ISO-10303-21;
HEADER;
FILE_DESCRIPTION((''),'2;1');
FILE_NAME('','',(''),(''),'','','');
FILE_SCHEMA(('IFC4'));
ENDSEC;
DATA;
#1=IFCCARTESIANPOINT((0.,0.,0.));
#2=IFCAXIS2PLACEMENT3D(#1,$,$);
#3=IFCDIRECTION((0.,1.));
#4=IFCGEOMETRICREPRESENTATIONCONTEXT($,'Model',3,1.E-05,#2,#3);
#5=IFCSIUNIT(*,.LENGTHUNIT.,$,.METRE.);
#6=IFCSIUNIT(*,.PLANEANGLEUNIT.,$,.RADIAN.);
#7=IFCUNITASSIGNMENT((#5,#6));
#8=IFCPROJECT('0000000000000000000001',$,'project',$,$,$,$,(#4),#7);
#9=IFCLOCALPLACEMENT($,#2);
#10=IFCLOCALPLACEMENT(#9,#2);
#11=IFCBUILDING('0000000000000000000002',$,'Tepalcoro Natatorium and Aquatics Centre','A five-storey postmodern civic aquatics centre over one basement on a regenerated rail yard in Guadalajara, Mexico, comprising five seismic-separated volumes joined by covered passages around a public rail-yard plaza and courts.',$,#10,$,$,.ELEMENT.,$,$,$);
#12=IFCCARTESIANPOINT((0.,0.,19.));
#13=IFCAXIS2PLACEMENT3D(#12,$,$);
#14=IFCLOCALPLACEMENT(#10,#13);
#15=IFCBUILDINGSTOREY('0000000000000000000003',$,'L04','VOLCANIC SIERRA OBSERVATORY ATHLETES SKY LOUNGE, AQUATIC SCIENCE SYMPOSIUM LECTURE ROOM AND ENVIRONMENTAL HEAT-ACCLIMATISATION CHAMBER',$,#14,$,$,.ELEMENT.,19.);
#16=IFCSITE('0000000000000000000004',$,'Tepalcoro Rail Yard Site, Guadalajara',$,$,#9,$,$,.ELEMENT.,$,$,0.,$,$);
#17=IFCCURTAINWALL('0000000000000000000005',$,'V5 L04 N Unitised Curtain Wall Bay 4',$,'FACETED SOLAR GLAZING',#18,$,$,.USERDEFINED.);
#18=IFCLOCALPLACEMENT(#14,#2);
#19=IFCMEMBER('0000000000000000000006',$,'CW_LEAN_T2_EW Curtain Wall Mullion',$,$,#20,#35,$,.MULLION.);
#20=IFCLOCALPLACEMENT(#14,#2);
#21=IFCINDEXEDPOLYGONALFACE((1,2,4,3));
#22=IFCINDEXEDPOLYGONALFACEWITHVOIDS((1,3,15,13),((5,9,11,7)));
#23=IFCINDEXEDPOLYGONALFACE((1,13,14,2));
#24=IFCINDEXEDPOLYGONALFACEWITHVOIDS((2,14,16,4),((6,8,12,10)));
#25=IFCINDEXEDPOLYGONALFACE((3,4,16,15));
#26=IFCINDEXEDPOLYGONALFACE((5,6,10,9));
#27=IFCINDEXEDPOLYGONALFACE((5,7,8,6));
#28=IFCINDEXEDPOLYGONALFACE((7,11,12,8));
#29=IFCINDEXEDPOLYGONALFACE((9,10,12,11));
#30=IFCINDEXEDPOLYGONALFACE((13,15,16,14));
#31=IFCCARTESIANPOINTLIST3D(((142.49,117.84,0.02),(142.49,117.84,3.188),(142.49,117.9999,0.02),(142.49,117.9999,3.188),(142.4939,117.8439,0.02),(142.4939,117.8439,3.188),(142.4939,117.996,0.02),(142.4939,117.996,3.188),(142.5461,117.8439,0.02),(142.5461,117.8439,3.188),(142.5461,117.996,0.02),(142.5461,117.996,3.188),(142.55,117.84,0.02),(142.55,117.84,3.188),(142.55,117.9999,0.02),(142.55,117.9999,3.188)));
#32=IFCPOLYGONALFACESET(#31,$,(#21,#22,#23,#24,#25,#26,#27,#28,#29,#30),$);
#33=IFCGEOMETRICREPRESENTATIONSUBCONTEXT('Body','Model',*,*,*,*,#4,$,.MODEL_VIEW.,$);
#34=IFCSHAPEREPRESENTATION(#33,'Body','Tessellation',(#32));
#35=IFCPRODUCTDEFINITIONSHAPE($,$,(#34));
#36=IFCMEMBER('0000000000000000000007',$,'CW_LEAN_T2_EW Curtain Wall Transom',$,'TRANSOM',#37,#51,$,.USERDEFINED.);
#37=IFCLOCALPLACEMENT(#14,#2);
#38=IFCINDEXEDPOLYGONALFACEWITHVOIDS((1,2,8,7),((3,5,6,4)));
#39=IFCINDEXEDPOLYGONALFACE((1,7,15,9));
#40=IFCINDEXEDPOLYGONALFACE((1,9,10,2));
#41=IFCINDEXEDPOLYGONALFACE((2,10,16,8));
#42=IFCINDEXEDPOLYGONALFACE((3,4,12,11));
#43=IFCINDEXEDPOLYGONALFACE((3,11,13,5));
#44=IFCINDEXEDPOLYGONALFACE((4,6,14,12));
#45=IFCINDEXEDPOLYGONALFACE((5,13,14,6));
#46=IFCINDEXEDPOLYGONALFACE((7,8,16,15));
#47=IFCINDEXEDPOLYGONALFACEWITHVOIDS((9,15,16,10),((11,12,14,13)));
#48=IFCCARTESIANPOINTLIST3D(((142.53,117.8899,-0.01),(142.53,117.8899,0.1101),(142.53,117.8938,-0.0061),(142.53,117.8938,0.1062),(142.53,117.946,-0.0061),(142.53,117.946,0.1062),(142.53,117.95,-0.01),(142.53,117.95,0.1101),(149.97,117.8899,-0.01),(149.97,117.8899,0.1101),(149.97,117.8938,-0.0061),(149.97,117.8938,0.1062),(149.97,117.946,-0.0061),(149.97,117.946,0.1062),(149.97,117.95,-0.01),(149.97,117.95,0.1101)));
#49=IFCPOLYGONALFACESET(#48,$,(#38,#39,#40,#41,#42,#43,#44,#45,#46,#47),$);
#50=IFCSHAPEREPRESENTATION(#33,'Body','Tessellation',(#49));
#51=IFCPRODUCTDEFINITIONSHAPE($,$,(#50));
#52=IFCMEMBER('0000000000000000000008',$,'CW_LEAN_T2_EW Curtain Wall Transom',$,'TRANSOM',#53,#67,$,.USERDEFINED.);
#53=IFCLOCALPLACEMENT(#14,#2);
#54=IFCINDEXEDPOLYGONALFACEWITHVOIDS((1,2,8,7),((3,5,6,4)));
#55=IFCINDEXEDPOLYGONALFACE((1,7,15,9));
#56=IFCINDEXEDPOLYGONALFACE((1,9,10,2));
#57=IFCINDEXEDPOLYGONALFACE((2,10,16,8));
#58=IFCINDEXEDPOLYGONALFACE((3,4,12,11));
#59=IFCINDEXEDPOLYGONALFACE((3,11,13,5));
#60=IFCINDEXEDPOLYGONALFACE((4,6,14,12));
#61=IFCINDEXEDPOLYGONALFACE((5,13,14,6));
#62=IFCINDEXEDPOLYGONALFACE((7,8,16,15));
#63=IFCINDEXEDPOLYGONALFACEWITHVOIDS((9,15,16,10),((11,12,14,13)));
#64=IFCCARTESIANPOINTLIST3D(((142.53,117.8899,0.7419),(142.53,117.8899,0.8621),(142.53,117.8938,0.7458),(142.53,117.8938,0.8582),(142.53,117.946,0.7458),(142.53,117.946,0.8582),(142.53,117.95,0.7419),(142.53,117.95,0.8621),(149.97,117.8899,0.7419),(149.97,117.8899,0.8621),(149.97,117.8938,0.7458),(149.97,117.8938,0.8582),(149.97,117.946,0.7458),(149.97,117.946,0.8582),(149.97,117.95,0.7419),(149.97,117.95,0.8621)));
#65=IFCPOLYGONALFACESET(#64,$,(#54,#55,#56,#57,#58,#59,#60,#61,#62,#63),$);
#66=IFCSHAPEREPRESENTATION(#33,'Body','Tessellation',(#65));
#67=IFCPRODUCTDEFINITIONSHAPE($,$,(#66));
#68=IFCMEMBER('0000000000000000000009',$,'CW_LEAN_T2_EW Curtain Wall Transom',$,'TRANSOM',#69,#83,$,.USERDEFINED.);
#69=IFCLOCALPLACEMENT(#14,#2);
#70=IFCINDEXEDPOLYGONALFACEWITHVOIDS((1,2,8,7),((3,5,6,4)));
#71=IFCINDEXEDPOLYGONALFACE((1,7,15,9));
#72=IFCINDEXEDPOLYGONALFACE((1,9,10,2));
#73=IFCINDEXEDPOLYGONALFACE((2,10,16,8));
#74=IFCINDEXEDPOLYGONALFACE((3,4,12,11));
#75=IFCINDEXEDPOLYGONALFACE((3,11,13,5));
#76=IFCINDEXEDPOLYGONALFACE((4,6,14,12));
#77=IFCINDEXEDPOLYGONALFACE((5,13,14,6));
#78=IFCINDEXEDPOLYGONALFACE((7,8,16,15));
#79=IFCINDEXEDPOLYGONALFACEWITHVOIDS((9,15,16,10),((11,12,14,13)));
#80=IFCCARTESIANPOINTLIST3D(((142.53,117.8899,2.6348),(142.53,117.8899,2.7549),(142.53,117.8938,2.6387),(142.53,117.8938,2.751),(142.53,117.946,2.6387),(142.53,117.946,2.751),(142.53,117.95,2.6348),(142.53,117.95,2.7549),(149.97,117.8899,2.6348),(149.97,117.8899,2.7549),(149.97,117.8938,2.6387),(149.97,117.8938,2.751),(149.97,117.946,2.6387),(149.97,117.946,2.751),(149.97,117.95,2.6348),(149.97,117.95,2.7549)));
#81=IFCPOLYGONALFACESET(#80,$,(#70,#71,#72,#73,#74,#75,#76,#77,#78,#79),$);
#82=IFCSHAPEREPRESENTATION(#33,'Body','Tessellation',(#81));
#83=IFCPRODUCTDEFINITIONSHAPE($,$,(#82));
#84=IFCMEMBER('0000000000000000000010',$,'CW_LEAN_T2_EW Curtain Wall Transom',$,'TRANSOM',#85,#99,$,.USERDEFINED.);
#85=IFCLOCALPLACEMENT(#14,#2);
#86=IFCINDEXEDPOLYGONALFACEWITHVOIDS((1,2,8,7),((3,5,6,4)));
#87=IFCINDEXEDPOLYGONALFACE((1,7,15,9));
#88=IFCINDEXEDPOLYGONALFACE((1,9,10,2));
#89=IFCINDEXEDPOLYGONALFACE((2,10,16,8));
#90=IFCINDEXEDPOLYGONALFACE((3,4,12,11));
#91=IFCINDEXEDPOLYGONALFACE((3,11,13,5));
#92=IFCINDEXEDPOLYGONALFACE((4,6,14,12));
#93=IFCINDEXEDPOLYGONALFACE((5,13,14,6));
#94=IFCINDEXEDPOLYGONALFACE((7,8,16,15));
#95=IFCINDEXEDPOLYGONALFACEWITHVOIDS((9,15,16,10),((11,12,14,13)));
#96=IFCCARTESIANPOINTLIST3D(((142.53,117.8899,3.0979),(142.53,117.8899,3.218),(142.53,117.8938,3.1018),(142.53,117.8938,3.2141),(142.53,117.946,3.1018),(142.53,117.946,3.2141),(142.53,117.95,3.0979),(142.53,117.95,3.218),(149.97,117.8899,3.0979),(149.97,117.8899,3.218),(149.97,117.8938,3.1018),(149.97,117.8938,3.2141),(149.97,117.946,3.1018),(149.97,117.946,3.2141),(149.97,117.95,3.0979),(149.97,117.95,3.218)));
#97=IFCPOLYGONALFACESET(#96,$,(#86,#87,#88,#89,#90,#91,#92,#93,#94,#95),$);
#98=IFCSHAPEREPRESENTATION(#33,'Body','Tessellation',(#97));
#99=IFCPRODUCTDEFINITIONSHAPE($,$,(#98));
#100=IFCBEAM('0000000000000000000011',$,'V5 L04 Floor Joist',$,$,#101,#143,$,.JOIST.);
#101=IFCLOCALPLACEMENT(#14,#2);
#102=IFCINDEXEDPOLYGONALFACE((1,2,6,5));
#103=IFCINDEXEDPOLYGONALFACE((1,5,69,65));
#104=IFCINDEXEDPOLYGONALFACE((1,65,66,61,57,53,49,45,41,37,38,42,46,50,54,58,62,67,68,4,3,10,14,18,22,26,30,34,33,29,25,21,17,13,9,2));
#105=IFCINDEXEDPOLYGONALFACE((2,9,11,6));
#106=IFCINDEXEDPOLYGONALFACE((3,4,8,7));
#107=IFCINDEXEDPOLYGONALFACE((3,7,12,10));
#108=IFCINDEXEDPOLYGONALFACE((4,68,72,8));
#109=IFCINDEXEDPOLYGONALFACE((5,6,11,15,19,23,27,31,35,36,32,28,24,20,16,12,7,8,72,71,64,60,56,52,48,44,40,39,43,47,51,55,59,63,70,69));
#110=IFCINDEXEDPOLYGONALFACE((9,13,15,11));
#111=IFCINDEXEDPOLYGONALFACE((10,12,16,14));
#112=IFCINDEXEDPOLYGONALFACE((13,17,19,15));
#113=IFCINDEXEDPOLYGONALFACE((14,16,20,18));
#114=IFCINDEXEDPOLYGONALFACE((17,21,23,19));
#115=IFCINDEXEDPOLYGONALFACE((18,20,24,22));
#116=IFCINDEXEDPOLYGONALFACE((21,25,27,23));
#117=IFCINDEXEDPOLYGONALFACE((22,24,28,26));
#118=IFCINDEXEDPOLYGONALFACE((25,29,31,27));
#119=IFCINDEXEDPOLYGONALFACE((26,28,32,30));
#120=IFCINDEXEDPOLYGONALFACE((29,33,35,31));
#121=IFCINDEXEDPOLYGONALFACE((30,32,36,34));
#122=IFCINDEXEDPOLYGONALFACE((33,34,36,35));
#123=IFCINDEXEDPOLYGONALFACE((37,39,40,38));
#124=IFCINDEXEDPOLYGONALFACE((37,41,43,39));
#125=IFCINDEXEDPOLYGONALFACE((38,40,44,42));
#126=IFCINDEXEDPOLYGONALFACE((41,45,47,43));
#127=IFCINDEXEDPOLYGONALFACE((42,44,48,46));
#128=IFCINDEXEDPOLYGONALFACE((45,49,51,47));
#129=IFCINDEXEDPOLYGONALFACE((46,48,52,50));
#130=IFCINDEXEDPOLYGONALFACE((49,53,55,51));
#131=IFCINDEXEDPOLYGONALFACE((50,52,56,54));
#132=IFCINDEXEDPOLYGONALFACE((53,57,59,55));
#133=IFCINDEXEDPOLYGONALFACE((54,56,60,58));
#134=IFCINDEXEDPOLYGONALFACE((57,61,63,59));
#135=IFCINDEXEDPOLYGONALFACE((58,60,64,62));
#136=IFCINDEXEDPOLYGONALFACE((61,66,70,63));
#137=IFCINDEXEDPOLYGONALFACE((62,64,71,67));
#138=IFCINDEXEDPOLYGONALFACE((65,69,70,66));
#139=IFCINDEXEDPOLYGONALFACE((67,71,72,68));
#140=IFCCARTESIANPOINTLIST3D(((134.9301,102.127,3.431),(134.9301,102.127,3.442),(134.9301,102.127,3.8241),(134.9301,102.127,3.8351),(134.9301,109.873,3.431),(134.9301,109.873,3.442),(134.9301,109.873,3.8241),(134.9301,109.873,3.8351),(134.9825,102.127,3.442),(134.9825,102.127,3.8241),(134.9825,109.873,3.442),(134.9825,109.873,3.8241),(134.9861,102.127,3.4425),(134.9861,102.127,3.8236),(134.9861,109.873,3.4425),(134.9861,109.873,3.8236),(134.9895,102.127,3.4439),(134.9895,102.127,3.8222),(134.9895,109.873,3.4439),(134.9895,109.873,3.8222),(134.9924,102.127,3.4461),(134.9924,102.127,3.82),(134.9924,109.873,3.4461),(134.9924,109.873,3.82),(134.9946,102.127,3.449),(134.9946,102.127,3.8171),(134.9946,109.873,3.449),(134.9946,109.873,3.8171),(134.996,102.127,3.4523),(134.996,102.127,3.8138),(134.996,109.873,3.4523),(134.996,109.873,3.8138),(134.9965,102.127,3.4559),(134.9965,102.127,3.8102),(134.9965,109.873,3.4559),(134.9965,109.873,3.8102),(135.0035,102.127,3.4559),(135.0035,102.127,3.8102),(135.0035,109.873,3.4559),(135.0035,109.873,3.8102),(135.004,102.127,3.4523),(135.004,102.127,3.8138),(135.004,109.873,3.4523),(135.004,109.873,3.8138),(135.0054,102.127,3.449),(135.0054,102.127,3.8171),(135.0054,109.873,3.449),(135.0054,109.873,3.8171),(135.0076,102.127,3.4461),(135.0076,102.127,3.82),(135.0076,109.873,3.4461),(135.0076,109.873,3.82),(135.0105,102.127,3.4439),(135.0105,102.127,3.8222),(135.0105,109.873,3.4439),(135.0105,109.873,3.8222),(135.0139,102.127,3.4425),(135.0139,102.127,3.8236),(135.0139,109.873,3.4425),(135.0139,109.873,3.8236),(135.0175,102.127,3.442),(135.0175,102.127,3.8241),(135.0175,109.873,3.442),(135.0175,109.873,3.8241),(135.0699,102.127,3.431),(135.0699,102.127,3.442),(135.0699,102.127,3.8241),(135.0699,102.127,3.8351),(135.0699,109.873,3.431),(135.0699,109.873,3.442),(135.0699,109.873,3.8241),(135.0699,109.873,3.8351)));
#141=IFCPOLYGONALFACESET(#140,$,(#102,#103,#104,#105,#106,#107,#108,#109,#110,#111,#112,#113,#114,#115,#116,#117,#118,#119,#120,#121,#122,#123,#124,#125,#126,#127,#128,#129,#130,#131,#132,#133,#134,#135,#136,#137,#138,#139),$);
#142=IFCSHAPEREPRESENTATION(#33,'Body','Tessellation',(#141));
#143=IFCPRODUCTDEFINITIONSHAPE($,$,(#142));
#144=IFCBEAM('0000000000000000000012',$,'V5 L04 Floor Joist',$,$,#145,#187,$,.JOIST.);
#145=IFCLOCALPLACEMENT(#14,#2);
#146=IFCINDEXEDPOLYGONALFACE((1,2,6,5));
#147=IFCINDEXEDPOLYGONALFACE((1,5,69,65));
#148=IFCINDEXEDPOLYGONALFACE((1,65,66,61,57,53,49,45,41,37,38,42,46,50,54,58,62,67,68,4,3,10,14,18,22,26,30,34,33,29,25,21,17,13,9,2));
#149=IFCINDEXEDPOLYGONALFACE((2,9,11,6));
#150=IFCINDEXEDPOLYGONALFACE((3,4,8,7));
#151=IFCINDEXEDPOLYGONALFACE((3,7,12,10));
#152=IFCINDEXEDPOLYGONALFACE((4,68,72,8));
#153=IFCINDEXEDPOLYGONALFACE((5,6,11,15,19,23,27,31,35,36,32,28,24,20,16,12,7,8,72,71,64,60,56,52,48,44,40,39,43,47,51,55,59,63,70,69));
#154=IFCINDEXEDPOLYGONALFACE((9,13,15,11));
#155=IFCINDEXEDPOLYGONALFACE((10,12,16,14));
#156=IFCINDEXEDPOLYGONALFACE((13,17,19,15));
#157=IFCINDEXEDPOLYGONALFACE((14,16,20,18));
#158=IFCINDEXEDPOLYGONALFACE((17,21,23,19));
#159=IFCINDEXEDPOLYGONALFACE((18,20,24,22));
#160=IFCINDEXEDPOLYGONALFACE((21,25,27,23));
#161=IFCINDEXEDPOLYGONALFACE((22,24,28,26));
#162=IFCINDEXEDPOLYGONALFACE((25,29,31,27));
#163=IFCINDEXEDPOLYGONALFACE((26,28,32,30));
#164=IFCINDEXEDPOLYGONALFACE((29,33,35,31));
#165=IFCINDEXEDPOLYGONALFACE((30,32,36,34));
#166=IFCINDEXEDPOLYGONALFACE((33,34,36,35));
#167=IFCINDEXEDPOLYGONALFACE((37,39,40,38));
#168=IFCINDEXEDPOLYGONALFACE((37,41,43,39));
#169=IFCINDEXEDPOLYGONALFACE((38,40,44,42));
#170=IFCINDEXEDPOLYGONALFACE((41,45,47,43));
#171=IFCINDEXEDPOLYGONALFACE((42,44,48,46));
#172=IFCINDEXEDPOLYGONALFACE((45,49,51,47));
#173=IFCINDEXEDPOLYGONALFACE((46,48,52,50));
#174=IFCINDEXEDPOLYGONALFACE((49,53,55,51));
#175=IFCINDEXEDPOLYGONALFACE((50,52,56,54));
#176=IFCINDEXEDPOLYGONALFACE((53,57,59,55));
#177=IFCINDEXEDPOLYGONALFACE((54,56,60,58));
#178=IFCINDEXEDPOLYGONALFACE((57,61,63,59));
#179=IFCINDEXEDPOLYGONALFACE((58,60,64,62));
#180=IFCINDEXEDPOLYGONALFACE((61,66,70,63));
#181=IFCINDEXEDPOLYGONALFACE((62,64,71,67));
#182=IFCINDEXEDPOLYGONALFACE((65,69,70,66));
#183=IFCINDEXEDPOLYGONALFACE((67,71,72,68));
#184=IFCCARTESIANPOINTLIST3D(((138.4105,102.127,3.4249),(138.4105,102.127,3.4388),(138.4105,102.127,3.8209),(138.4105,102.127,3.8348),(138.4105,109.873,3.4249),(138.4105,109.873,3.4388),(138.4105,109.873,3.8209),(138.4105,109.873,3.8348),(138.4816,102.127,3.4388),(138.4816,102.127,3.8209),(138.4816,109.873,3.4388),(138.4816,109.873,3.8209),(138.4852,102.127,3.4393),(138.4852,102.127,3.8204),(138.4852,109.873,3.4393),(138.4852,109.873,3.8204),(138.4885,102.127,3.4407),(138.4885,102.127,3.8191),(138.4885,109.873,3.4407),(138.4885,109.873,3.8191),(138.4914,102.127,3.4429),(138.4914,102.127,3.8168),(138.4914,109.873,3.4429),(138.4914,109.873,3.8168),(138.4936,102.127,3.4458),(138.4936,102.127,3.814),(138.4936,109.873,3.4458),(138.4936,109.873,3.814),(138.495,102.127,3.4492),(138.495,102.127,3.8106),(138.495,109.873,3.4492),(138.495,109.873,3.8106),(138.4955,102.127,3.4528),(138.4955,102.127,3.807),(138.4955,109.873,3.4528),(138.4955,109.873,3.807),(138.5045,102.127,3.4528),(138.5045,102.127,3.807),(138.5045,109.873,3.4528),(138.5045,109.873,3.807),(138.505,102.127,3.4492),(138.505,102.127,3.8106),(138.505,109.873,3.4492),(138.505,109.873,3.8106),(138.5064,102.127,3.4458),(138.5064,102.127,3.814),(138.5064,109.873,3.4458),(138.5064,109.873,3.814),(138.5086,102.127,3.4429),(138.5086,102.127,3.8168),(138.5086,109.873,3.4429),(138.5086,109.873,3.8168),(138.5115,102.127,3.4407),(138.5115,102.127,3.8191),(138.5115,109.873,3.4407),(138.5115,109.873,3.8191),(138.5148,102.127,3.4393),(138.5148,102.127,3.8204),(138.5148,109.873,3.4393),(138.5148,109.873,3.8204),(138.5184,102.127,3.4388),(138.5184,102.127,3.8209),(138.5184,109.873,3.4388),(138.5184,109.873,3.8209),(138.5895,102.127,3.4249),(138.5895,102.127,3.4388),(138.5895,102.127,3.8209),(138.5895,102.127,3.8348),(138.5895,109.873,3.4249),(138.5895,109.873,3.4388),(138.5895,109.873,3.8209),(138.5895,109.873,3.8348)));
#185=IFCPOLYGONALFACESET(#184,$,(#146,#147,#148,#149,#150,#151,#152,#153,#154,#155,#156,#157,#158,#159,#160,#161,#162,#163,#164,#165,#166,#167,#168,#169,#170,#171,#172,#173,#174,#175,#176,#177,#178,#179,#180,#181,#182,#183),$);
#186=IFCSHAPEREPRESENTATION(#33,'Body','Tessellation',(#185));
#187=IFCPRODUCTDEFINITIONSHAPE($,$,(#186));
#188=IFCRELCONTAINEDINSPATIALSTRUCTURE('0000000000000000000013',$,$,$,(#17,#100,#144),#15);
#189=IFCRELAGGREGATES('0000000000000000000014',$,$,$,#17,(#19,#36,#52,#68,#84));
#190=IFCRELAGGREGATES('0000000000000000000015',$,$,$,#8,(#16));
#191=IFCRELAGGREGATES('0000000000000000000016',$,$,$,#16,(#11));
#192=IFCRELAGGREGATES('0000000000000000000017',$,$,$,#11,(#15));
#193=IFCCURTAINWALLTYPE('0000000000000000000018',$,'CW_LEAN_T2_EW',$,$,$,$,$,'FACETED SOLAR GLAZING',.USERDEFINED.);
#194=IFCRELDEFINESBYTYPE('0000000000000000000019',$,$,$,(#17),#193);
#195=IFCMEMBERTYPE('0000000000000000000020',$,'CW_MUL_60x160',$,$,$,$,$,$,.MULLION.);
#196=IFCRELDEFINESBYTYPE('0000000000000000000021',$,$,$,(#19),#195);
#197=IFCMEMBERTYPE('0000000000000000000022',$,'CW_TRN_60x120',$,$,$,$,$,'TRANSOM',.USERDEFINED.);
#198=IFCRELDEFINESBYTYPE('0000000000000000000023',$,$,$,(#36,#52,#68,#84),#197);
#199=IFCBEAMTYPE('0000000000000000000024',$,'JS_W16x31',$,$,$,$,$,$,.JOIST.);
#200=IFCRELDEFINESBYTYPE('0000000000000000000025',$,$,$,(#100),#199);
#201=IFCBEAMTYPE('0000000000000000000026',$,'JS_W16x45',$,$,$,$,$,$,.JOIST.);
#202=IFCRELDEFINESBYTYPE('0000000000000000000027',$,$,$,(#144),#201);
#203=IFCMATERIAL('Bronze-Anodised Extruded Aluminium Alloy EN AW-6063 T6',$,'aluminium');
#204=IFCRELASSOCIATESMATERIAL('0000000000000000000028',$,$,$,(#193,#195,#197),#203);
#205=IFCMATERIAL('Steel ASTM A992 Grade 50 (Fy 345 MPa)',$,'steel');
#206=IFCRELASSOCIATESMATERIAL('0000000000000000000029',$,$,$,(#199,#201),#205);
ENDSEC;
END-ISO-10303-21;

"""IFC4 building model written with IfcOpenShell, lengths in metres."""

from ifc_helpers import new_model, si_unit, direction, frame, origin, origin_2d, place, context, subcontext, project, spatial, hollow_rectangle, i_section, extrude, material, material_profile, profile_set, type_object, element, aggregate, save


model = new_model("IFC4")

# Units and contexts
model_context = context("Model", 3, precision=1e-05, world=origin(), true_north=direction((0.0, 1.0)))
body_context = subcontext(model_context, "Body", "Model", "MODEL_VIEW")
ifc_project = project(units=[si_unit("LENGTHUNIT", "METRE"), si_unit("PLANEANGLEUNIT", "RADIAN")], contexts=[model_context])

# Site, building, storey
site_placement = place(None, origin())
site = spatial("IfcSite", under=ifc_project, at=site_placement, Name="Tepalcoro Rail Yard Site, Guadalajara", CompositionType="ELEMENT", RefElevation=0.0)
building_placement = place(site_placement, origin())
building = spatial("IfcBuilding", under=site, at=building_placement, Name="Tepalcoro Natatorium and Aquatics Centre", Description="A five-storey postmodern civic aquatics centre over one basement on a regenerated rail yard in Guadalajara, Mexico, comprising five seismic-separated volumes joined by covered passages around a public rail-yard plaza and courts.", CompositionType="ELEMENT")
storey_placement = place(building_placement, frame((0.0, 0.0, 19.0)))
storey = spatial("IfcBuildingStorey", under=building, at=storey_placement, Name="L04", Description="VOLCANIC SIERRA OBSERVATORY ATHLETES SKY LOUNGE, AQUATIC SCIENCE SYMPOSIUM LECTURE ROOM AND ENVIRONMENTAL HEAT-ACCLIMATISATION CHAMBER", CompositionType="ELEMENT", Elevation=19.0)

# Shared definitions
ifc_material_1 = material(Name="Steel ASTM A992 Grade 50 (Fy 345 MPa)", Category="steel")

# Curtain wall, members
ifc_material_2 = material(Name="Bronze-Anodised Extruded Aluminium Alloy EN AW-6063 T6", Category="aluminium")
curtain_wall_type = type_object("IfcCurtainWallType", Name="CW_LEAN_T2_EW", ElementType="FACETED SOLAR GLAZING", PredefinedType="USERDEFINED", material=ifc_material_2)
curtain_wall_placement = place(storey_placement, origin())
curtain_wall = element("IfcCurtainWall", 1, at=curtain_wall_placement, inside=storey, type_object=curtain_wall_type, Name="V5 L04 N Unitised Curtain Wall Bay 4", ObjectType="FACETED SOLAR GLAZING", PredefinedType="USERDEFINED")
ifc_material_profile_1 = material_profile(ifc_material_2, hollow_rectangle(XDim=0.0601, YDim=0.1599, WallThickness=0.0039, at=origin_2d()), Name="AL60X160X4")
ifc_profile_set_1 = profile_set([ifc_material_profile_1], Name="Bronze-Anodised Extruded Aluminium Alloy EN AW-6063 T6")
member_type_1 = type_object("IfcMemberType", Name="CW_MUL_60x160", PredefinedType="MULLION", material=ifc_profile_set_1)
member_1_placement = place(storey_placement, frame((142.52, 117.9199, 0.02), z_axis=(0.0, 0.0, 1.0), x_axis=(1.0, 0.0, 0.0)))
member_1 = element("IfcMember", 2, at=member_1_placement, type_object=member_type_1, Name="CW_LEAN_T2_EW Curtain Wall Mullion", PredefinedType="MULLION", context=body_context, shape_type="SweptSolid", body=[
    extrude(hollow_rectangle(XDim=0.0601, YDim=0.1599, WallThickness=0.0039, at=origin_2d()), origin(), (0.0, 0.0, 1.0), 3.168),
])
ifc_material_profile_2 = material_profile(ifc_material_2, hollow_rectangle(XDim=0.0601, YDim=0.1201, WallThickness=0.0039, at=origin_2d()), Name="AL60X120X4")
ifc_profile_set_2 = profile_set([ifc_material_profile_2], Name="Bronze-Anodised Extruded Aluminium Alloy EN AW-6063 T6")
member_type_2 = type_object("IfcMemberType", Name="CW_TRN_60x120", ElementType="TRANSOM", PredefinedType="USERDEFINED", material=ifc_profile_set_2)
member_2_placement = place(storey_placement, frame((142.53, 117.9199, 0.05), z_axis=(1.0, 0.0, 0.0), x_axis=(0.0, 1.0, 0.0)))
member_2 = element("IfcMember", 3, at=member_2_placement, type_object=member_type_2, Name="CW_LEAN_T2_EW Curtain Wall Transom", ObjectType="TRANSOM", PredefinedType="USERDEFINED", context=body_context, shape_type="SweptSolid", body=[
    extrude(hollow_rectangle(XDim=0.0601, YDim=0.1201, WallThickness=0.0039, at=origin_2d()), origin(), (0.0, 0.0, 1.0), 7.4399),
])
member_3_placement = place(storey_placement, frame((142.53, 117.9199, 0.802), z_axis=(1.0, 0.0, 0.0), x_axis=(0.0, 1.0, 0.0)))
member_3 = element("IfcMember", 4, at=member_3_placement, type_object=member_type_2, Name="CW_LEAN_T2_EW Curtain Wall Transom", ObjectType="TRANSOM", PredefinedType="USERDEFINED", context=body_context, shape_type="SweptSolid", body=[
    extrude(hollow_rectangle(XDim=0.0601, YDim=0.1201, WallThickness=0.0039, at=origin_2d()), origin(), (0.0, 0.0, 1.0), 7.4399),
])
member_4_placement = place(storey_placement, frame((142.53, 117.9199, 2.6948), z_axis=(1.0, 0.0, 0.0), x_axis=(0.0, 1.0, 0.0)))
member_4 = element("IfcMember", 5, at=member_4_placement, type_object=member_type_2, Name="CW_LEAN_T2_EW Curtain Wall Transom", ObjectType="TRANSOM", PredefinedType="USERDEFINED", context=body_context, shape_type="SweptSolid", body=[
    extrude(hollow_rectangle(XDim=0.0601, YDim=0.1201, WallThickness=0.0039, at=origin_2d()), origin(), (0.0, 0.0, 1.0), 7.4399),
])
member_5_placement = place(storey_placement, frame((142.53, 117.9199, 3.158), z_axis=(1.0, 0.0, 0.0), x_axis=(0.0, 1.0, 0.0)))
member_5 = element("IfcMember", 6, at=member_5_placement, type_object=member_type_2, Name="CW_LEAN_T2_EW Curtain Wall Transom", ObjectType="TRANSOM", PredefinedType="USERDEFINED", context=body_context, shape_type="SweptSolid", body=[
    extrude(hollow_rectangle(XDim=0.0601, YDim=0.1201, WallThickness=0.0039, at=origin_2d()), origin(), (0.0, 0.0, 1.0), 7.4399),
])
aggregate(curtain_wall, [member_1, member_2, member_3, member_4, member_5])

# Beams
ifc_material_profile_3 = material_profile(ifc_material_1, i_section(OverallWidth=0.1399, OverallDepth=0.4041, WebThickness=0.0071, FlangeThickness=0.011, FilletRadius=0.0139, at=origin_2d()), Name="W16X31")
ifc_profile_set_3 = profile_set([ifc_material_profile_3], Name="Steel ASTM A992 Grade 50 (Fy 345 MPa)")
beam_type_1 = type_object("IfcBeamType", Name="JS_W16x31", PredefinedType="JOIST", material=ifc_profile_set_3)
beam_1_placement = place(storey_placement, frame((135.0, 102.127, 3.6331), z_axis=(0.0, 1.0, 0.0), x_axis=(-1.0, 0.0, 0.0)))
element("IfcBeam", 7, at=beam_1_placement, inside=storey, type_object=beam_type_1, Name="V5 L04 Floor Joist", PredefinedType="JOIST", context=body_context, shape_type="SweptSolid", body=[
    extrude(i_section(OverallWidth=0.1399, OverallDepth=0.4041, WebThickness=0.0071, FlangeThickness=0.011, FilletRadius=0.0139, at=origin_2d()), origin(), (0.0, 0.0, 1.0), 7.7461),
])
ifc_material_profile_4 = material_profile(ifc_material_1, i_section(OverallWidth=0.179, OverallDepth=0.4099, WebThickness=0.009, FlangeThickness=0.0139, FilletRadius=0.0139, at=origin_2d()), Name="W16X45")
ifc_profile_set_4 = profile_set([ifc_material_profile_4], Name="Steel ASTM A992 Grade 50 (Fy 345 MPa)")
beam_type_2 = type_object("IfcBeamType", Name="JS_W16x45", PredefinedType="JOIST", material=ifc_profile_set_4)
beam_2_placement = place(storey_placement, frame((138.5, 102.127, 3.6299), z_axis=(0.0, 1.0, 0.0), x_axis=(-1.0, 0.0, 0.0)))
element("IfcBeam", 8, at=beam_2_placement, inside=storey, type_object=beam_type_2, Name="V5 L04 Floor Joist", PredefinedType="JOIST", context=body_context, shape_type="SweptSolid", body=[
    extrude(i_section(OverallWidth=0.179, OverallDepth=0.4099, WebThickness=0.009, FlangeThickness=0.0139, FilletRadius=0.0139, at=origin_2d()), origin(), (0.0, 0.0, 1.0), 7.7461),
])

save(model, "model.ifc")
